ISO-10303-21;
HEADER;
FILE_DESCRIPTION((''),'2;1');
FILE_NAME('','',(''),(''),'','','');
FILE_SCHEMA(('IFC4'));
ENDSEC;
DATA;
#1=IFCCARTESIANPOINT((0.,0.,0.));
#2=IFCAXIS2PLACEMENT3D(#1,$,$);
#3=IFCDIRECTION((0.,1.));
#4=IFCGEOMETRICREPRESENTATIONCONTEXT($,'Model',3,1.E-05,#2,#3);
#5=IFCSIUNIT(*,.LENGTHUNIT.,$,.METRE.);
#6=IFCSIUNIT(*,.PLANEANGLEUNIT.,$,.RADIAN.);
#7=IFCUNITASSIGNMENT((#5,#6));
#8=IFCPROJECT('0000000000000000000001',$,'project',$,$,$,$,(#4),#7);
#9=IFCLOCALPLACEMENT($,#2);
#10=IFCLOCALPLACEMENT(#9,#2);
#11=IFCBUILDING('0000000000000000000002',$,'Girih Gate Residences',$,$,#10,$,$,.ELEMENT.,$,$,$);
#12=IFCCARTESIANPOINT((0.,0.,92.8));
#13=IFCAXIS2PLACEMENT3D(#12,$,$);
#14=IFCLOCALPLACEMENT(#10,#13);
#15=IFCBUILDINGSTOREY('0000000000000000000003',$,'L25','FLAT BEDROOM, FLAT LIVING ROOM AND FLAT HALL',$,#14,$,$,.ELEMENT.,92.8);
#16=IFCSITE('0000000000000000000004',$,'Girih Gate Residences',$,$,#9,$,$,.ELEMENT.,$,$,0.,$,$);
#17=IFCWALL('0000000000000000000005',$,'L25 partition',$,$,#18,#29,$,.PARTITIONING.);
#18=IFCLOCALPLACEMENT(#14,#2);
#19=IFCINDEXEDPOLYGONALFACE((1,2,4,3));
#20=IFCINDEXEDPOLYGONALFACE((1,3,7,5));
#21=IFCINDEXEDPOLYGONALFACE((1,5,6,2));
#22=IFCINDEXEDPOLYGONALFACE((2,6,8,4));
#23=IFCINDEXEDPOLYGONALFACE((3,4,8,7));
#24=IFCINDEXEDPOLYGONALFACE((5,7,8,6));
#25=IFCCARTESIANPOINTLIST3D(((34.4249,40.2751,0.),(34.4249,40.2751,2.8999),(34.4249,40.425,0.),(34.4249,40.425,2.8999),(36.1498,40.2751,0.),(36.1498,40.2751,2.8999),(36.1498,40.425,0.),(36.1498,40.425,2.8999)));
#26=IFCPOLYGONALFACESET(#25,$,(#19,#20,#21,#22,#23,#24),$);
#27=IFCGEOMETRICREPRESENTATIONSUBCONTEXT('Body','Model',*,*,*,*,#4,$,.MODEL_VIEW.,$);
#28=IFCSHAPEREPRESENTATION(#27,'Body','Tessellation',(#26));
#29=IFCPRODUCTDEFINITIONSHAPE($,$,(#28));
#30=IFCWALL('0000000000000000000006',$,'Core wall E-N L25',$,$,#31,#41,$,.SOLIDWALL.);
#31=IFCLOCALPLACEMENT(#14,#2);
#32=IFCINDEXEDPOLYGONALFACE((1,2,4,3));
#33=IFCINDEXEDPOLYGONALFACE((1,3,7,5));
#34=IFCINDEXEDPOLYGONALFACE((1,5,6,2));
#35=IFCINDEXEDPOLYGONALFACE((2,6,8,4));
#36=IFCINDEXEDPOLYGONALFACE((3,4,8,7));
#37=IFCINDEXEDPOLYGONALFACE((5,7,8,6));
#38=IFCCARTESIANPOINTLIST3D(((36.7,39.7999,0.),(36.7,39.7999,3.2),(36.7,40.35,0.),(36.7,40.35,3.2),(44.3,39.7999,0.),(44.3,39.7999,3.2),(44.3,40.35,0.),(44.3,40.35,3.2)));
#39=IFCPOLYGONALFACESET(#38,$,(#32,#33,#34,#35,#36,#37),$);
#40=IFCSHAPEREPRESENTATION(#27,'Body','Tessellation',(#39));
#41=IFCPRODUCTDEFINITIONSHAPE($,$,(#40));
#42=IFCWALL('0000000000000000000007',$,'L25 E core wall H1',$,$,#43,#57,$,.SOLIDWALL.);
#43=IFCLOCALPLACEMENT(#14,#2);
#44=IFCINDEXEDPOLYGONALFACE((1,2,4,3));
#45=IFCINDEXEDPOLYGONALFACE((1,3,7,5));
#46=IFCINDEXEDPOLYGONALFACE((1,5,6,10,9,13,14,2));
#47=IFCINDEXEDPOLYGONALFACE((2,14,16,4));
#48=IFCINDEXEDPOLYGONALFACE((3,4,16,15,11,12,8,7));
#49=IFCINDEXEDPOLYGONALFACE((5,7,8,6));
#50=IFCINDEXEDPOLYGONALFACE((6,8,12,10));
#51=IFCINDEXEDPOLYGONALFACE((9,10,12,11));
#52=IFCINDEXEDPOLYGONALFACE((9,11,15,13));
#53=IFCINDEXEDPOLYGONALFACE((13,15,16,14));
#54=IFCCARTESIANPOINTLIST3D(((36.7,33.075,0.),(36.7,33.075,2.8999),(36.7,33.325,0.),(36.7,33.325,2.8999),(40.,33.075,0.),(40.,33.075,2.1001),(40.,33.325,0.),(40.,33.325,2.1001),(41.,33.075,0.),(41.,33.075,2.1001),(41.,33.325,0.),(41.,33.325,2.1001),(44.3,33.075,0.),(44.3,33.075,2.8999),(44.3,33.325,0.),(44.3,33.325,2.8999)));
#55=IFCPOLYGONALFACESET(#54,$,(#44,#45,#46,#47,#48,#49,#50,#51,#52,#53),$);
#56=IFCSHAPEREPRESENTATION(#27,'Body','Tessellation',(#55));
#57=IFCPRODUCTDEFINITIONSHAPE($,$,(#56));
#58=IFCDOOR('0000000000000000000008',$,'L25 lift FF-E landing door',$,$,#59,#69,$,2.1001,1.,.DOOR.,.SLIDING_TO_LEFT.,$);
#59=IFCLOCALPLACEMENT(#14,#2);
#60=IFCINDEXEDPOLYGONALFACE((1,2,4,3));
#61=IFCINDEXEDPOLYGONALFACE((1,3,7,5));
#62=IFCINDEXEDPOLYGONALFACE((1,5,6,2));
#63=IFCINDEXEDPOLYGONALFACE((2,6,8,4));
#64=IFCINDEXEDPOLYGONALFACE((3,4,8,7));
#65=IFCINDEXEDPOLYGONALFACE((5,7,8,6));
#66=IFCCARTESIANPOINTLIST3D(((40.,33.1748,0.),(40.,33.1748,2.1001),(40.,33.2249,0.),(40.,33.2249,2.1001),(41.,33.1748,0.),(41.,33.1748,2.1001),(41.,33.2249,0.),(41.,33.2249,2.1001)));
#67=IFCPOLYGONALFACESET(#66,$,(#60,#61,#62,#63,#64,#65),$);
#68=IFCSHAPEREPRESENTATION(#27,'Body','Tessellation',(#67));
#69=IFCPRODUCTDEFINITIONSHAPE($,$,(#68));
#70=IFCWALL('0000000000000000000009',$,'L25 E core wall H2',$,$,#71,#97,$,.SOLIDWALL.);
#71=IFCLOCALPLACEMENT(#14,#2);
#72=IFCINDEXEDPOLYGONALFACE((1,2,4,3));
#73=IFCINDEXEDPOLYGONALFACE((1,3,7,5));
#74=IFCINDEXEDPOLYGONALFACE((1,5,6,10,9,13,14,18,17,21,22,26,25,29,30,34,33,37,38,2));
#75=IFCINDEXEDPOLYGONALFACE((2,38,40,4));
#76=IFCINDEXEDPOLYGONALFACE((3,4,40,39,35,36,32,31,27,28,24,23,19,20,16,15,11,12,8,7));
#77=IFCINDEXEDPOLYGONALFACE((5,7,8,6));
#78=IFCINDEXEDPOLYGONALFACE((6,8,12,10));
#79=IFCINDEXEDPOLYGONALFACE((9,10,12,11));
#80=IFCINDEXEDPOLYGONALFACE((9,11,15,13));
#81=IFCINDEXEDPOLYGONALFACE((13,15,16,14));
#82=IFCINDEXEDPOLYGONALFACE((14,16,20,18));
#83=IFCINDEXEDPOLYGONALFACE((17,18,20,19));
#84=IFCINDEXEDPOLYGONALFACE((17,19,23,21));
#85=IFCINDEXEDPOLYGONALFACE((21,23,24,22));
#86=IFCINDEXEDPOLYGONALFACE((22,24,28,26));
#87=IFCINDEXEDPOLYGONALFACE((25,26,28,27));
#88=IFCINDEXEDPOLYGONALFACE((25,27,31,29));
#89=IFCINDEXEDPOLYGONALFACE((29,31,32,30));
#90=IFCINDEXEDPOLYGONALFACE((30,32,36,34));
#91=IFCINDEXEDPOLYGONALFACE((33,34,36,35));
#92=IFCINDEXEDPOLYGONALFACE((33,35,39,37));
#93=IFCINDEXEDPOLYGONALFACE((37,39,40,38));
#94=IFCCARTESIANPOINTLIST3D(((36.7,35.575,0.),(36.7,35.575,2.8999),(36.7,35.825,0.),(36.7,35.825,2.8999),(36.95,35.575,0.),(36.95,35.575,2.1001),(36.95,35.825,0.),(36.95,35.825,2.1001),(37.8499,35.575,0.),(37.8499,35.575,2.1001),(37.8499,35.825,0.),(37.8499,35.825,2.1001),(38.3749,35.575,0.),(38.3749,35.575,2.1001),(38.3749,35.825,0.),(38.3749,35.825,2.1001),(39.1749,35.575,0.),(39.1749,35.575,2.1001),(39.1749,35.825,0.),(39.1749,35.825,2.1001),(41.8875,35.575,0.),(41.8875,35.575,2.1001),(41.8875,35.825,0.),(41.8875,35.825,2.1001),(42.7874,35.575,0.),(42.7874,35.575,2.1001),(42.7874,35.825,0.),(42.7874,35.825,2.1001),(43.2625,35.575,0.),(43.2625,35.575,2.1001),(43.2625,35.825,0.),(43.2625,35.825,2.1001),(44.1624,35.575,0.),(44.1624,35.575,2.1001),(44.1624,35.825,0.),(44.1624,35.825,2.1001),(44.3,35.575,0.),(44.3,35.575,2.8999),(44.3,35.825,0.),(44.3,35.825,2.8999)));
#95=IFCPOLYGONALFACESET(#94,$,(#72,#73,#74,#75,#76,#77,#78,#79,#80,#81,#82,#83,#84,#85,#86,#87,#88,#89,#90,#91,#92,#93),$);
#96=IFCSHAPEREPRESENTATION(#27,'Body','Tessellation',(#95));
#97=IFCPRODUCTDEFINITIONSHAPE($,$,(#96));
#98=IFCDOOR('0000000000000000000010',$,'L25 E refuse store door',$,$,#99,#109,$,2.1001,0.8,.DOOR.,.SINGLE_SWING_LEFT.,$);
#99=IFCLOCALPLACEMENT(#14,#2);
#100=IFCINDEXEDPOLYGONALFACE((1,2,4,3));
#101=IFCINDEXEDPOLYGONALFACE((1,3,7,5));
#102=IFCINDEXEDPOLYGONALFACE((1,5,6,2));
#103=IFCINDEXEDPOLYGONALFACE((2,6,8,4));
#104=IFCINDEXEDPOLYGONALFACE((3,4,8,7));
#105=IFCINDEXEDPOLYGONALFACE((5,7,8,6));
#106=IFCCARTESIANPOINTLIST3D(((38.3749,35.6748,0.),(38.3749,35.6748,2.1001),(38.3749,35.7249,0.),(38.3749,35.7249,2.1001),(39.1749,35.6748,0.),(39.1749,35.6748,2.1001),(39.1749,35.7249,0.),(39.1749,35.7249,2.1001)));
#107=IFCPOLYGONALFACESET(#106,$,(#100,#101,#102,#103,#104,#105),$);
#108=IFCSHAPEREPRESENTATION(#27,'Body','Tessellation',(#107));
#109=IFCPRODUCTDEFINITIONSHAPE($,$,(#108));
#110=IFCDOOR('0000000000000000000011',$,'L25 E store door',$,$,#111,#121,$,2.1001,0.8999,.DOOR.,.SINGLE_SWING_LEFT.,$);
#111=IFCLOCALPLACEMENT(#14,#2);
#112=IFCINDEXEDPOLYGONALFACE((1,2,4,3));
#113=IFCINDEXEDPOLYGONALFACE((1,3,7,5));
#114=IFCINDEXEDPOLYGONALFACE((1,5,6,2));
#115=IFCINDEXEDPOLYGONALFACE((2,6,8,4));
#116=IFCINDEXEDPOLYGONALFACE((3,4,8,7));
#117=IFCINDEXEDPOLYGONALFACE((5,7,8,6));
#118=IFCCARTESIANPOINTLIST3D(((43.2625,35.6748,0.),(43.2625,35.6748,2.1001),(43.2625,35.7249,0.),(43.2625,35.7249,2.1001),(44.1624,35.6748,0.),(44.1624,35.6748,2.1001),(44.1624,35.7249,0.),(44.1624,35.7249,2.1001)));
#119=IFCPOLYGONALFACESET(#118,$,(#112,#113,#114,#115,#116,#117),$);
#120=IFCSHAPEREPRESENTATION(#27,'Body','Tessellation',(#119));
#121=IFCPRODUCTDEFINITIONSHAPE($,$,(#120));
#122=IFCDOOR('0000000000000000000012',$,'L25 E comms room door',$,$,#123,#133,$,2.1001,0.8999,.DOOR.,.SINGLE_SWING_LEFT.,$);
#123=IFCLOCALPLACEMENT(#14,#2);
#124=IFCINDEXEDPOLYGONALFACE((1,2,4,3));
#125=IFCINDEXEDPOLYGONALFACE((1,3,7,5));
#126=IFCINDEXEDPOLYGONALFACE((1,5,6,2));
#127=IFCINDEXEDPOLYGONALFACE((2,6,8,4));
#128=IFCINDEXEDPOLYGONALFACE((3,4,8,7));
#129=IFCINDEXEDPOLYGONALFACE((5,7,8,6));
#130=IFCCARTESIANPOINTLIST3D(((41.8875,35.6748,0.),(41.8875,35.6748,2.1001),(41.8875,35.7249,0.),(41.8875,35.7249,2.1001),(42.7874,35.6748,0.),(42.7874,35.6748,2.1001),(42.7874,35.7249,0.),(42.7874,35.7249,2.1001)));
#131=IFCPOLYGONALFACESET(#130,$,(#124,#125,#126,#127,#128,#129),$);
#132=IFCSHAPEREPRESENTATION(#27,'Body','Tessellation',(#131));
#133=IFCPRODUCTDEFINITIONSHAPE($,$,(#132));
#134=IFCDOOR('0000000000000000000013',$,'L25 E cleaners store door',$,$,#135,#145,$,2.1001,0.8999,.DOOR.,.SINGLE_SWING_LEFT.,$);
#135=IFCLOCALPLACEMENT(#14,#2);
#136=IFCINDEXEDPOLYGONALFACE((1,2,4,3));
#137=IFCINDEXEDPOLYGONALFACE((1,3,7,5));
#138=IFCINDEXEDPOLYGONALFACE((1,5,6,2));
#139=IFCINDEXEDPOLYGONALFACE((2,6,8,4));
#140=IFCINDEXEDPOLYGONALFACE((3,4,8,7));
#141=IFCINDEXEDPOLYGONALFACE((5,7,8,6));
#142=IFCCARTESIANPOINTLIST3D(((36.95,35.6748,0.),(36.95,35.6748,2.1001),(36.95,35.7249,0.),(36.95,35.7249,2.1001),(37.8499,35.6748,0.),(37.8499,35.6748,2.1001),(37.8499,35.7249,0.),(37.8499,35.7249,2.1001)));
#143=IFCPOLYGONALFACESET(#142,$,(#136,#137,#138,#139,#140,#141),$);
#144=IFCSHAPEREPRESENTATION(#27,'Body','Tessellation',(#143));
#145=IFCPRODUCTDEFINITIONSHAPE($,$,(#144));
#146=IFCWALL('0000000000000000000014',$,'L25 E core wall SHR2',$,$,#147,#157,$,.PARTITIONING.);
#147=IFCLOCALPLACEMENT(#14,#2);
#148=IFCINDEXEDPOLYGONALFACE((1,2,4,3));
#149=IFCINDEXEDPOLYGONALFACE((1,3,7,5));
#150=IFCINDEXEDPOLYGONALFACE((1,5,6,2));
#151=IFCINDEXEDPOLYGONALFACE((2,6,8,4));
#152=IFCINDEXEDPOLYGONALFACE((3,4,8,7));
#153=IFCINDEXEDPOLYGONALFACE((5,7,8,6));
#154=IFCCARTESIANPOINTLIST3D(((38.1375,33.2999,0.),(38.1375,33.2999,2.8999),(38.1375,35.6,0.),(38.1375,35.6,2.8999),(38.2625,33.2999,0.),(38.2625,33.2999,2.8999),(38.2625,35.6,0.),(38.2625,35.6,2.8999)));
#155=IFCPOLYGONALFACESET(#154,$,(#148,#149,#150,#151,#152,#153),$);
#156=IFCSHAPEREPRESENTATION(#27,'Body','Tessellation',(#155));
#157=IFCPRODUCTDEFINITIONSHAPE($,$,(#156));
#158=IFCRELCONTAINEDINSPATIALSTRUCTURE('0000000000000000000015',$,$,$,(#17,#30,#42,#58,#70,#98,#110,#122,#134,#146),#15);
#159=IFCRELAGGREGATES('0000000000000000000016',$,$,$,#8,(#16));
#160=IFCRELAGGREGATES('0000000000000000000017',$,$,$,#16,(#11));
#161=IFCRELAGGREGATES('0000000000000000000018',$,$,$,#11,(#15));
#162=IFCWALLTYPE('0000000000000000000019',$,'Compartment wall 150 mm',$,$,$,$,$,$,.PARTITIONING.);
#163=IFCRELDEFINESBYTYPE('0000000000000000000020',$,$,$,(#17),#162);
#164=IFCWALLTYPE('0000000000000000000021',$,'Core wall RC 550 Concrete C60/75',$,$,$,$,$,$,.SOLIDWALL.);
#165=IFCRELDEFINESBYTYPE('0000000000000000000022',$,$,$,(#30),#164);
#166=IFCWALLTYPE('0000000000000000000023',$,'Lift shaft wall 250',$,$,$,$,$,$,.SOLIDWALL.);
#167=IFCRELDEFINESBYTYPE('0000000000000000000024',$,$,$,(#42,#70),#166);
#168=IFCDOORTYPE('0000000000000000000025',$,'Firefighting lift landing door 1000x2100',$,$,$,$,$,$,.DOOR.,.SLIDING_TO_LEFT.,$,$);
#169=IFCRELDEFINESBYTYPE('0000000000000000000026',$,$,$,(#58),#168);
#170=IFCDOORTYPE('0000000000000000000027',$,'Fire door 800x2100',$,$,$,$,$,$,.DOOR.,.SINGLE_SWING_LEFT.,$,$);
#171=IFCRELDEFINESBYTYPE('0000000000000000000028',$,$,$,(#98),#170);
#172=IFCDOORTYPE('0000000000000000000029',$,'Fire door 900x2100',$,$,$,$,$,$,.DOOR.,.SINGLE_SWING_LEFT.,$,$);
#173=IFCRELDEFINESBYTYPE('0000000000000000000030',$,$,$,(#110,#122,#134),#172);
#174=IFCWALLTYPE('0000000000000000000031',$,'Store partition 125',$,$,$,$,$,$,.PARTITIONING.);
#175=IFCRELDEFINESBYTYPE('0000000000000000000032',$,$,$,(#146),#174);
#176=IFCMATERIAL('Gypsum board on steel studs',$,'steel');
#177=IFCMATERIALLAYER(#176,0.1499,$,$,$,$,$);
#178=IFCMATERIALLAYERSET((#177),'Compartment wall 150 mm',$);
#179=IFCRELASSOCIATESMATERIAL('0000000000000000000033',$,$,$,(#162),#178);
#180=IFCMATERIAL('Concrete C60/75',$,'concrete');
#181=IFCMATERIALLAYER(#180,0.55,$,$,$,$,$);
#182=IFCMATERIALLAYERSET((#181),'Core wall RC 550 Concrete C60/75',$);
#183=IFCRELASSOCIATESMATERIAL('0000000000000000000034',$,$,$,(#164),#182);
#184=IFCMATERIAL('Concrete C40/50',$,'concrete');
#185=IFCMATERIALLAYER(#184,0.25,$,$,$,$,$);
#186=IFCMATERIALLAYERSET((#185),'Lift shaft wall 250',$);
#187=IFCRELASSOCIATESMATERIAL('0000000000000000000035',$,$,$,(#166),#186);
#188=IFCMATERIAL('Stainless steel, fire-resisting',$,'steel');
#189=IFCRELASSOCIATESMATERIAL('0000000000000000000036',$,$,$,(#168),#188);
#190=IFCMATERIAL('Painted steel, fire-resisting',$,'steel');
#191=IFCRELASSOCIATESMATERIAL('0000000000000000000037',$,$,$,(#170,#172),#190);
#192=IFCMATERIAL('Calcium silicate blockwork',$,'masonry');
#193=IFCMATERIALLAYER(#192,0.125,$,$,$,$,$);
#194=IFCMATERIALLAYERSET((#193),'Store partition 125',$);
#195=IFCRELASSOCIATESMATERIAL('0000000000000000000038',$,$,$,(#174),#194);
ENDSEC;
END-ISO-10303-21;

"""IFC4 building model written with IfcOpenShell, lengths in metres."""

from ifc_helpers import new_model, si_unit, direction, frame, frame_2d, origin, place, context, subcontext, project, spatial, rectangle, extrude, material, layer, layer_set, type_object, element, fill, save


model = new_model("IFC4")

# Units and contexts
model_context = context("Model", 3, precision=1e-05, world=origin(), true_north=direction((0.0, 1.0)))
body_context = subcontext(model_context, "Body", "Model", "MODEL_VIEW")
ifc_project = project(units=[si_unit("LENGTHUNIT", "METRE"), si_unit("PLANEANGLEUNIT", "RADIAN")], contexts=[model_context])

# Site, building, storey
site_placement = place(None, origin())
site = spatial("IfcSite", under=ifc_project, at=site_placement, Name="Girih Gate Residences", CompositionType="ELEMENT", RefElevation=0.0)
building_placement = place(site_placement, origin())
building = spatial("IfcBuilding", under=site, at=building_placement, Name="Girih Gate Residences", CompositionType="ELEMENT")
storey_placement = place(building_placement, frame((0.0, 0.0, 92.8)))
storey = spatial("IfcBuildingStorey", under=building, at=storey_placement, Name="L25", Description="FLAT BEDROOM, FLAT LIVING ROOM AND FLAT HALL", CompositionType="ELEMENT", Elevation=92.8)

# Walls
ifc_material_1 = material(Name="Gypsum board on steel studs", Category="steel")
ifc_layer_1 = layer(ifc_material_1, 0.1499)
ifc_layer_set_1 = layer_set([ifc_layer_1], Name="Compartment wall 150 mm")
wall_type_1 = type_object("IfcWallType", Name="Compartment wall 150 mm", PredefinedType="PARTITIONING", material=ifc_layer_set_1)
wall_1_placement = place(storey_placement, frame((34.425, 40.3501, 0.0), z_axis=(0.0, 0.0, 1.0), x_axis=(1.0, 0.0, 0.0)))
element("IfcWall", 1, at=wall_1_placement, inside=storey, type_object=wall_type_1, Name="L25 partition", PredefinedType="PARTITIONING", context=body_context, shape_type="SweptSolid", body=[
    extrude(rectangle(XDim=1.7249, YDim=0.1499, at=frame_2d((0.8623, 0.0))), origin(), (0.0, 0.0, 1.0), 2.8999),
])
ifc_material_2 = material(Name="Concrete C60/75", Category="concrete")
ifc_layer_2 = layer(ifc_material_2, 0.55)
ifc_layer_set_2 = layer_set([ifc_layer_2], Name="Core wall RC 550 Concrete C60/75")
wall_type_2 = type_object("IfcWallType", Name="Core wall RC 550 Concrete C60/75", PredefinedType="SOLIDWALL", material=ifc_layer_set_2)
wall_2_placement = place(storey_placement, frame((36.7, 40.075, 0.0), z_axis=(0.0, 0.0, 1.0), x_axis=(1.0, 0.0, 0.0)))
element("IfcWall", 2, at=wall_2_placement, inside=storey, type_object=wall_type_2, Name="Core wall E-N L25", PredefinedType="SOLIDWALL", context=body_context, shape_type="SweptSolid", body=[
    extrude(rectangle(XDim=7.6001, YDim=0.55, at=frame_2d((3.8, 0.0))), origin(), (0.0, 0.0, 1.0), 3.2),
])

# Wall, opening, door
ifc_material_3 = material(Name="Concrete C40/50", Category="concrete")
ifc_layer_3 = layer(ifc_material_3, 0.25)
ifc_layer_set_3 = layer_set([ifc_layer_3], Name="Lift shaft wall 250")
wall_type_3 = type_object("IfcWallType", Name="Lift shaft wall 250", PredefinedType="SOLIDWALL", material=ifc_layer_set_3)
wall_3_placement = place(storey_placement, frame((36.7, 33.2, 0.0), z_axis=(0.0, 0.0, 1.0), x_axis=(1.0, 0.0, 0.0)))
wall_3 = element("IfcWall", 3, at=wall_3_placement, inside=storey, type_object=wall_type_3, Name="L25 E core wall H1", PredefinedType="SOLIDWALL", context=body_context, shape_type="SweptSolid", body=[
    extrude(rectangle(XDim=7.6001, YDim=0.25, at=frame_2d((3.8, 0.0))), origin(), (0.0, 0.0, 1.0), 2.8999),
])
opening_1_placement = place(wall_3_placement, frame((3.3, 0.0, 0.0)))
opening_1 = element("IfcOpeningElement", 4, at=opening_1_placement, cuts=wall_3, PredefinedType="OPENING", context=body_context, shape_type="SweptSolid", body=[
    extrude(rectangle(XDim=1.0, YDim=2.1001, at=frame_2d((0.5, 1.05))), frame((0.0, 0.135, 0.0), z_axis=(0.0, -1.0, 0.0), x_axis=(1.0, 0.0, 0.0)), (0.0, 0.0, 1.0), 0.27),
])
ifc_material_4 = material(Name="Stainless steel, fire-resisting", Category="steel")
door_type_1 = type_object("IfcDoorType", Name="Firefighting lift landing door 1000x2100", OperationType="SLIDING_TO_LEFT", PredefinedType="DOOR", material=ifc_material_4)
door_1_placement = place(opening_1_placement, origin())
door_1 = element("IfcDoor", 5, at=door_1_placement, inside=storey, type_object=door_type_1, Name="L25 lift FF-E landing door", OperationType="SLIDING_TO_LEFT", OverallHeight=2.1001, OverallWidth=1.0, PredefinedType="DOOR", context=body_context, shape_type="SweptSolid", body=[
    extrude(rectangle(XDim=1.0, YDim=2.1001, at=frame_2d((0.5, 1.05))), frame((0.0, 0.0249, 0.0), z_axis=(0.0, -1.0, 0.0), x_axis=(1.0, 0.0, 0.0)), (0.0, 0.0, 1.0), 0.05),
])
fill(opening_1, door_1)

# Wall, openings, doors
wall_4_placement = place(storey_placement, frame((36.7, 35.7, 0.0), z_axis=(0.0, 0.0, 1.0), x_axis=(1.0, 0.0, 0.0)))
wall_4 = element("IfcWall", 6, at=wall_4_placement, inside=storey, type_object=wall_type_3, Name="L25 E core wall H2", PredefinedType="SOLIDWALL", context=body_context, shape_type="SweptSolid", body=[
    extrude(rectangle(XDim=7.6001, YDim=0.25, at=frame_2d((3.8, 0.0))), origin(), (0.0, 0.0, 1.0), 2.8999),
])
opening_2_placement = place(wall_4_placement, frame((6.5625, 0.0, 0.0)))
opening_2 = element("IfcOpeningElement", 7, at=opening_2_placement, cuts=wall_4, PredefinedType="OPENING", context=body_context, shape_type="SweptSolid", body=[
    extrude(rectangle(XDim=0.8999, YDim=2.1001, at=frame_2d((0.45, 1.05))), frame((0.0, 0.135, 0.0), z_axis=(0.0, -1.0, 0.0), x_axis=(1.0, 0.0, 0.0)), (0.0, 0.0, 1.0), 0.27),
])
opening_3_placement = place(wall_4_placement, frame((5.1875, 0.0, 0.0)))
opening_3 = element("IfcOpeningElement", 8, at=opening_3_placement, cuts=wall_4, PredefinedType="OPENING", context=body_context, shape_type="SweptSolid", body=[
    extrude(rectangle(XDim=0.8999, YDim=2.1001, at=frame_2d((0.45, 1.05))), frame((0.0, 0.135, 0.0), z_axis=(0.0, -1.0, 0.0), x_axis=(1.0, 0.0, 0.0)), (0.0, 0.0, 1.0), 0.27),
])
opening_4_placement = place(wall_4_placement, frame((1.675, 0.0, 0.0)))
opening_4 = element("IfcOpeningElement", 9, at=opening_4_placement, cuts=wall_4, PredefinedType="OPENING", context=body_context, shape_type="SweptSolid", body=[
    extrude(rectangle(XDim=0.8, YDim=2.1001, at=frame_2d((0.3999, 1.05))), frame((0.0, 0.135, 0.0), z_axis=(0.0, -1.0, 0.0), x_axis=(1.0, 0.0, 0.0)), (0.0, 0.0, 1.0), 0.27),
])
opening_5_placement = place(wall_4_placement, frame((0.25, 0.0, 0.0)))
opening_5 = element("IfcOpeningElement", 10, at=opening_5_placement, cuts=wall_4, PredefinedType="OPENING", context=body_context, shape_type="SweptSolid", body=[
    extrude(rectangle(XDim=0.8999, YDim=2.1001, at=frame_2d((0.45, 1.05))), frame((0.0, 0.135, 0.0), z_axis=(0.0, -1.0, 0.0), x_axis=(1.0, 0.0, 0.0)), (0.0, 0.0, 1.0), 0.27),
])
ifc_material_5 = material(Name="Painted steel, fire-resisting", Category="steel")
door_type_2 = type_object("IfcDoorType", Name="Fire door 800x2100", OperationType="SINGLE_SWING_LEFT", PredefinedType="DOOR", material=ifc_material_5)
door_2_placement = place(opening_4_placement, origin())
door_2 = element("IfcDoor", 11, at=door_2_placement, inside=storey, type_object=door_type_2, Name="L25 E refuse store door", OperationType="SINGLE_SWING_LEFT", OverallHeight=2.1001, OverallWidth=0.8, PredefinedType="DOOR", context=body_context, shape_type="SweptSolid", body=[
    extrude(rectangle(XDim=0.8, YDim=2.1001, at=frame_2d((0.3999, 1.05))), frame((0.0, 0.0249, 0.0), z_axis=(0.0, -1.0, 0.0), x_axis=(1.0, 0.0, 0.0)), (0.0, 0.0, 1.0), 0.05),
])
fill(opening_4, door_2)
door_type_3 = type_object("IfcDoorType", Name="Fire door 900x2100", OperationType="SINGLE_SWING_LEFT", PredefinedType="DOOR", material=ifc_material_5)
door_3_placement = place(opening_2_placement, origin())
door_3 = element("IfcDoor", 12, at=door_3_placement, inside=storey, type_object=door_type_3, Name="L25 E store door", OperationType="SINGLE_SWING_LEFT", OverallHeight=2.1001, OverallWidth=0.8999, PredefinedType="DOOR", context=body_context, shape_type="SweptSolid", body=[
    extrude(rectangle(XDim=0.8999, YDim=2.1001, at=frame_2d((0.45, 1.05))), frame((0.0, 0.0249, 0.0), z_axis=(0.0, -1.0, 0.0), x_axis=(1.0, 0.0, 0.0)), (0.0, 0.0, 1.0), 0.05),
])
fill(opening_2, door_3)
door_4_placement = place(opening_3_placement, origin())
door_4 = element("IfcDoor", 13, at=door_4_placement, inside=storey, type_object=door_type_3, Name="L25 E comms room door", OperationType="SINGLE_SWING_LEFT", OverallHeight=2.1001, OverallWidth=0.8999, PredefinedType="DOOR", context=body_context, shape_type="SweptSolid", body=[
    extrude(rectangle(XDim=0.8999, YDim=2.1001, at=frame_2d((0.45, 1.05))), frame((0.0, 0.0249, 0.0), z_axis=(0.0, -1.0, 0.0), x_axis=(1.0, 0.0, 0.0)), (0.0, 0.0, 1.0), 0.05),
])
fill(opening_3, door_4)
door_5_placement = place(opening_5_placement, origin())
door_5 = element("IfcDoor", 14, at=door_5_placement, inside=storey, type_object=door_type_3, Name="L25 E cleaners store door", OperationType="SINGLE_SWING_LEFT", OverallHeight=2.1001, OverallWidth=0.8999, PredefinedType="DOOR", context=body_context, shape_type="SweptSolid", body=[
    extrude(rectangle(XDim=0.8999, YDim=2.1001, at=frame_2d((0.45, 1.05))), frame((0.0, 0.0249, 0.0), z_axis=(0.0, -1.0, 0.0), x_axis=(1.0, 0.0, 0.0)), (0.0, 0.0, 1.0), 0.05),
])
fill(opening_5, door_5)

# Wall
ifc_material_6 = material(Name="Calcium silicate blockwork", Category="masonry")
ifc_layer_4 = layer(ifc_material_6, 0.125)
ifc_layer_set_4 = layer_set([ifc_layer_4], Name="Store partition 125")
wall_type_4 = type_object("IfcWallType", Name="Store partition 125", PredefinedType="PARTITIONING", material=ifc_layer_set_4)
wall_5_placement = place(storey_placement, frame((38.2, 33.3, 0.0), z_axis=(0.0, 0.0, 1.0), x_axis=(0.0, 1.0, 0.0)))
element("IfcWall", 15, at=wall_5_placement, inside=storey, type_object=wall_type_4, Name="L25 E core wall SHR2", PredefinedType="PARTITIONING", context=body_context, shape_type="SweptSolid", body=[
    extrude(rectangle(XDim=2.3, YDim=0.125, at=frame_2d((1.1499, 0.0))), origin(), (0.0, 0.0, 1.0), 2.8999),
])

save(model, "model.ifc")
